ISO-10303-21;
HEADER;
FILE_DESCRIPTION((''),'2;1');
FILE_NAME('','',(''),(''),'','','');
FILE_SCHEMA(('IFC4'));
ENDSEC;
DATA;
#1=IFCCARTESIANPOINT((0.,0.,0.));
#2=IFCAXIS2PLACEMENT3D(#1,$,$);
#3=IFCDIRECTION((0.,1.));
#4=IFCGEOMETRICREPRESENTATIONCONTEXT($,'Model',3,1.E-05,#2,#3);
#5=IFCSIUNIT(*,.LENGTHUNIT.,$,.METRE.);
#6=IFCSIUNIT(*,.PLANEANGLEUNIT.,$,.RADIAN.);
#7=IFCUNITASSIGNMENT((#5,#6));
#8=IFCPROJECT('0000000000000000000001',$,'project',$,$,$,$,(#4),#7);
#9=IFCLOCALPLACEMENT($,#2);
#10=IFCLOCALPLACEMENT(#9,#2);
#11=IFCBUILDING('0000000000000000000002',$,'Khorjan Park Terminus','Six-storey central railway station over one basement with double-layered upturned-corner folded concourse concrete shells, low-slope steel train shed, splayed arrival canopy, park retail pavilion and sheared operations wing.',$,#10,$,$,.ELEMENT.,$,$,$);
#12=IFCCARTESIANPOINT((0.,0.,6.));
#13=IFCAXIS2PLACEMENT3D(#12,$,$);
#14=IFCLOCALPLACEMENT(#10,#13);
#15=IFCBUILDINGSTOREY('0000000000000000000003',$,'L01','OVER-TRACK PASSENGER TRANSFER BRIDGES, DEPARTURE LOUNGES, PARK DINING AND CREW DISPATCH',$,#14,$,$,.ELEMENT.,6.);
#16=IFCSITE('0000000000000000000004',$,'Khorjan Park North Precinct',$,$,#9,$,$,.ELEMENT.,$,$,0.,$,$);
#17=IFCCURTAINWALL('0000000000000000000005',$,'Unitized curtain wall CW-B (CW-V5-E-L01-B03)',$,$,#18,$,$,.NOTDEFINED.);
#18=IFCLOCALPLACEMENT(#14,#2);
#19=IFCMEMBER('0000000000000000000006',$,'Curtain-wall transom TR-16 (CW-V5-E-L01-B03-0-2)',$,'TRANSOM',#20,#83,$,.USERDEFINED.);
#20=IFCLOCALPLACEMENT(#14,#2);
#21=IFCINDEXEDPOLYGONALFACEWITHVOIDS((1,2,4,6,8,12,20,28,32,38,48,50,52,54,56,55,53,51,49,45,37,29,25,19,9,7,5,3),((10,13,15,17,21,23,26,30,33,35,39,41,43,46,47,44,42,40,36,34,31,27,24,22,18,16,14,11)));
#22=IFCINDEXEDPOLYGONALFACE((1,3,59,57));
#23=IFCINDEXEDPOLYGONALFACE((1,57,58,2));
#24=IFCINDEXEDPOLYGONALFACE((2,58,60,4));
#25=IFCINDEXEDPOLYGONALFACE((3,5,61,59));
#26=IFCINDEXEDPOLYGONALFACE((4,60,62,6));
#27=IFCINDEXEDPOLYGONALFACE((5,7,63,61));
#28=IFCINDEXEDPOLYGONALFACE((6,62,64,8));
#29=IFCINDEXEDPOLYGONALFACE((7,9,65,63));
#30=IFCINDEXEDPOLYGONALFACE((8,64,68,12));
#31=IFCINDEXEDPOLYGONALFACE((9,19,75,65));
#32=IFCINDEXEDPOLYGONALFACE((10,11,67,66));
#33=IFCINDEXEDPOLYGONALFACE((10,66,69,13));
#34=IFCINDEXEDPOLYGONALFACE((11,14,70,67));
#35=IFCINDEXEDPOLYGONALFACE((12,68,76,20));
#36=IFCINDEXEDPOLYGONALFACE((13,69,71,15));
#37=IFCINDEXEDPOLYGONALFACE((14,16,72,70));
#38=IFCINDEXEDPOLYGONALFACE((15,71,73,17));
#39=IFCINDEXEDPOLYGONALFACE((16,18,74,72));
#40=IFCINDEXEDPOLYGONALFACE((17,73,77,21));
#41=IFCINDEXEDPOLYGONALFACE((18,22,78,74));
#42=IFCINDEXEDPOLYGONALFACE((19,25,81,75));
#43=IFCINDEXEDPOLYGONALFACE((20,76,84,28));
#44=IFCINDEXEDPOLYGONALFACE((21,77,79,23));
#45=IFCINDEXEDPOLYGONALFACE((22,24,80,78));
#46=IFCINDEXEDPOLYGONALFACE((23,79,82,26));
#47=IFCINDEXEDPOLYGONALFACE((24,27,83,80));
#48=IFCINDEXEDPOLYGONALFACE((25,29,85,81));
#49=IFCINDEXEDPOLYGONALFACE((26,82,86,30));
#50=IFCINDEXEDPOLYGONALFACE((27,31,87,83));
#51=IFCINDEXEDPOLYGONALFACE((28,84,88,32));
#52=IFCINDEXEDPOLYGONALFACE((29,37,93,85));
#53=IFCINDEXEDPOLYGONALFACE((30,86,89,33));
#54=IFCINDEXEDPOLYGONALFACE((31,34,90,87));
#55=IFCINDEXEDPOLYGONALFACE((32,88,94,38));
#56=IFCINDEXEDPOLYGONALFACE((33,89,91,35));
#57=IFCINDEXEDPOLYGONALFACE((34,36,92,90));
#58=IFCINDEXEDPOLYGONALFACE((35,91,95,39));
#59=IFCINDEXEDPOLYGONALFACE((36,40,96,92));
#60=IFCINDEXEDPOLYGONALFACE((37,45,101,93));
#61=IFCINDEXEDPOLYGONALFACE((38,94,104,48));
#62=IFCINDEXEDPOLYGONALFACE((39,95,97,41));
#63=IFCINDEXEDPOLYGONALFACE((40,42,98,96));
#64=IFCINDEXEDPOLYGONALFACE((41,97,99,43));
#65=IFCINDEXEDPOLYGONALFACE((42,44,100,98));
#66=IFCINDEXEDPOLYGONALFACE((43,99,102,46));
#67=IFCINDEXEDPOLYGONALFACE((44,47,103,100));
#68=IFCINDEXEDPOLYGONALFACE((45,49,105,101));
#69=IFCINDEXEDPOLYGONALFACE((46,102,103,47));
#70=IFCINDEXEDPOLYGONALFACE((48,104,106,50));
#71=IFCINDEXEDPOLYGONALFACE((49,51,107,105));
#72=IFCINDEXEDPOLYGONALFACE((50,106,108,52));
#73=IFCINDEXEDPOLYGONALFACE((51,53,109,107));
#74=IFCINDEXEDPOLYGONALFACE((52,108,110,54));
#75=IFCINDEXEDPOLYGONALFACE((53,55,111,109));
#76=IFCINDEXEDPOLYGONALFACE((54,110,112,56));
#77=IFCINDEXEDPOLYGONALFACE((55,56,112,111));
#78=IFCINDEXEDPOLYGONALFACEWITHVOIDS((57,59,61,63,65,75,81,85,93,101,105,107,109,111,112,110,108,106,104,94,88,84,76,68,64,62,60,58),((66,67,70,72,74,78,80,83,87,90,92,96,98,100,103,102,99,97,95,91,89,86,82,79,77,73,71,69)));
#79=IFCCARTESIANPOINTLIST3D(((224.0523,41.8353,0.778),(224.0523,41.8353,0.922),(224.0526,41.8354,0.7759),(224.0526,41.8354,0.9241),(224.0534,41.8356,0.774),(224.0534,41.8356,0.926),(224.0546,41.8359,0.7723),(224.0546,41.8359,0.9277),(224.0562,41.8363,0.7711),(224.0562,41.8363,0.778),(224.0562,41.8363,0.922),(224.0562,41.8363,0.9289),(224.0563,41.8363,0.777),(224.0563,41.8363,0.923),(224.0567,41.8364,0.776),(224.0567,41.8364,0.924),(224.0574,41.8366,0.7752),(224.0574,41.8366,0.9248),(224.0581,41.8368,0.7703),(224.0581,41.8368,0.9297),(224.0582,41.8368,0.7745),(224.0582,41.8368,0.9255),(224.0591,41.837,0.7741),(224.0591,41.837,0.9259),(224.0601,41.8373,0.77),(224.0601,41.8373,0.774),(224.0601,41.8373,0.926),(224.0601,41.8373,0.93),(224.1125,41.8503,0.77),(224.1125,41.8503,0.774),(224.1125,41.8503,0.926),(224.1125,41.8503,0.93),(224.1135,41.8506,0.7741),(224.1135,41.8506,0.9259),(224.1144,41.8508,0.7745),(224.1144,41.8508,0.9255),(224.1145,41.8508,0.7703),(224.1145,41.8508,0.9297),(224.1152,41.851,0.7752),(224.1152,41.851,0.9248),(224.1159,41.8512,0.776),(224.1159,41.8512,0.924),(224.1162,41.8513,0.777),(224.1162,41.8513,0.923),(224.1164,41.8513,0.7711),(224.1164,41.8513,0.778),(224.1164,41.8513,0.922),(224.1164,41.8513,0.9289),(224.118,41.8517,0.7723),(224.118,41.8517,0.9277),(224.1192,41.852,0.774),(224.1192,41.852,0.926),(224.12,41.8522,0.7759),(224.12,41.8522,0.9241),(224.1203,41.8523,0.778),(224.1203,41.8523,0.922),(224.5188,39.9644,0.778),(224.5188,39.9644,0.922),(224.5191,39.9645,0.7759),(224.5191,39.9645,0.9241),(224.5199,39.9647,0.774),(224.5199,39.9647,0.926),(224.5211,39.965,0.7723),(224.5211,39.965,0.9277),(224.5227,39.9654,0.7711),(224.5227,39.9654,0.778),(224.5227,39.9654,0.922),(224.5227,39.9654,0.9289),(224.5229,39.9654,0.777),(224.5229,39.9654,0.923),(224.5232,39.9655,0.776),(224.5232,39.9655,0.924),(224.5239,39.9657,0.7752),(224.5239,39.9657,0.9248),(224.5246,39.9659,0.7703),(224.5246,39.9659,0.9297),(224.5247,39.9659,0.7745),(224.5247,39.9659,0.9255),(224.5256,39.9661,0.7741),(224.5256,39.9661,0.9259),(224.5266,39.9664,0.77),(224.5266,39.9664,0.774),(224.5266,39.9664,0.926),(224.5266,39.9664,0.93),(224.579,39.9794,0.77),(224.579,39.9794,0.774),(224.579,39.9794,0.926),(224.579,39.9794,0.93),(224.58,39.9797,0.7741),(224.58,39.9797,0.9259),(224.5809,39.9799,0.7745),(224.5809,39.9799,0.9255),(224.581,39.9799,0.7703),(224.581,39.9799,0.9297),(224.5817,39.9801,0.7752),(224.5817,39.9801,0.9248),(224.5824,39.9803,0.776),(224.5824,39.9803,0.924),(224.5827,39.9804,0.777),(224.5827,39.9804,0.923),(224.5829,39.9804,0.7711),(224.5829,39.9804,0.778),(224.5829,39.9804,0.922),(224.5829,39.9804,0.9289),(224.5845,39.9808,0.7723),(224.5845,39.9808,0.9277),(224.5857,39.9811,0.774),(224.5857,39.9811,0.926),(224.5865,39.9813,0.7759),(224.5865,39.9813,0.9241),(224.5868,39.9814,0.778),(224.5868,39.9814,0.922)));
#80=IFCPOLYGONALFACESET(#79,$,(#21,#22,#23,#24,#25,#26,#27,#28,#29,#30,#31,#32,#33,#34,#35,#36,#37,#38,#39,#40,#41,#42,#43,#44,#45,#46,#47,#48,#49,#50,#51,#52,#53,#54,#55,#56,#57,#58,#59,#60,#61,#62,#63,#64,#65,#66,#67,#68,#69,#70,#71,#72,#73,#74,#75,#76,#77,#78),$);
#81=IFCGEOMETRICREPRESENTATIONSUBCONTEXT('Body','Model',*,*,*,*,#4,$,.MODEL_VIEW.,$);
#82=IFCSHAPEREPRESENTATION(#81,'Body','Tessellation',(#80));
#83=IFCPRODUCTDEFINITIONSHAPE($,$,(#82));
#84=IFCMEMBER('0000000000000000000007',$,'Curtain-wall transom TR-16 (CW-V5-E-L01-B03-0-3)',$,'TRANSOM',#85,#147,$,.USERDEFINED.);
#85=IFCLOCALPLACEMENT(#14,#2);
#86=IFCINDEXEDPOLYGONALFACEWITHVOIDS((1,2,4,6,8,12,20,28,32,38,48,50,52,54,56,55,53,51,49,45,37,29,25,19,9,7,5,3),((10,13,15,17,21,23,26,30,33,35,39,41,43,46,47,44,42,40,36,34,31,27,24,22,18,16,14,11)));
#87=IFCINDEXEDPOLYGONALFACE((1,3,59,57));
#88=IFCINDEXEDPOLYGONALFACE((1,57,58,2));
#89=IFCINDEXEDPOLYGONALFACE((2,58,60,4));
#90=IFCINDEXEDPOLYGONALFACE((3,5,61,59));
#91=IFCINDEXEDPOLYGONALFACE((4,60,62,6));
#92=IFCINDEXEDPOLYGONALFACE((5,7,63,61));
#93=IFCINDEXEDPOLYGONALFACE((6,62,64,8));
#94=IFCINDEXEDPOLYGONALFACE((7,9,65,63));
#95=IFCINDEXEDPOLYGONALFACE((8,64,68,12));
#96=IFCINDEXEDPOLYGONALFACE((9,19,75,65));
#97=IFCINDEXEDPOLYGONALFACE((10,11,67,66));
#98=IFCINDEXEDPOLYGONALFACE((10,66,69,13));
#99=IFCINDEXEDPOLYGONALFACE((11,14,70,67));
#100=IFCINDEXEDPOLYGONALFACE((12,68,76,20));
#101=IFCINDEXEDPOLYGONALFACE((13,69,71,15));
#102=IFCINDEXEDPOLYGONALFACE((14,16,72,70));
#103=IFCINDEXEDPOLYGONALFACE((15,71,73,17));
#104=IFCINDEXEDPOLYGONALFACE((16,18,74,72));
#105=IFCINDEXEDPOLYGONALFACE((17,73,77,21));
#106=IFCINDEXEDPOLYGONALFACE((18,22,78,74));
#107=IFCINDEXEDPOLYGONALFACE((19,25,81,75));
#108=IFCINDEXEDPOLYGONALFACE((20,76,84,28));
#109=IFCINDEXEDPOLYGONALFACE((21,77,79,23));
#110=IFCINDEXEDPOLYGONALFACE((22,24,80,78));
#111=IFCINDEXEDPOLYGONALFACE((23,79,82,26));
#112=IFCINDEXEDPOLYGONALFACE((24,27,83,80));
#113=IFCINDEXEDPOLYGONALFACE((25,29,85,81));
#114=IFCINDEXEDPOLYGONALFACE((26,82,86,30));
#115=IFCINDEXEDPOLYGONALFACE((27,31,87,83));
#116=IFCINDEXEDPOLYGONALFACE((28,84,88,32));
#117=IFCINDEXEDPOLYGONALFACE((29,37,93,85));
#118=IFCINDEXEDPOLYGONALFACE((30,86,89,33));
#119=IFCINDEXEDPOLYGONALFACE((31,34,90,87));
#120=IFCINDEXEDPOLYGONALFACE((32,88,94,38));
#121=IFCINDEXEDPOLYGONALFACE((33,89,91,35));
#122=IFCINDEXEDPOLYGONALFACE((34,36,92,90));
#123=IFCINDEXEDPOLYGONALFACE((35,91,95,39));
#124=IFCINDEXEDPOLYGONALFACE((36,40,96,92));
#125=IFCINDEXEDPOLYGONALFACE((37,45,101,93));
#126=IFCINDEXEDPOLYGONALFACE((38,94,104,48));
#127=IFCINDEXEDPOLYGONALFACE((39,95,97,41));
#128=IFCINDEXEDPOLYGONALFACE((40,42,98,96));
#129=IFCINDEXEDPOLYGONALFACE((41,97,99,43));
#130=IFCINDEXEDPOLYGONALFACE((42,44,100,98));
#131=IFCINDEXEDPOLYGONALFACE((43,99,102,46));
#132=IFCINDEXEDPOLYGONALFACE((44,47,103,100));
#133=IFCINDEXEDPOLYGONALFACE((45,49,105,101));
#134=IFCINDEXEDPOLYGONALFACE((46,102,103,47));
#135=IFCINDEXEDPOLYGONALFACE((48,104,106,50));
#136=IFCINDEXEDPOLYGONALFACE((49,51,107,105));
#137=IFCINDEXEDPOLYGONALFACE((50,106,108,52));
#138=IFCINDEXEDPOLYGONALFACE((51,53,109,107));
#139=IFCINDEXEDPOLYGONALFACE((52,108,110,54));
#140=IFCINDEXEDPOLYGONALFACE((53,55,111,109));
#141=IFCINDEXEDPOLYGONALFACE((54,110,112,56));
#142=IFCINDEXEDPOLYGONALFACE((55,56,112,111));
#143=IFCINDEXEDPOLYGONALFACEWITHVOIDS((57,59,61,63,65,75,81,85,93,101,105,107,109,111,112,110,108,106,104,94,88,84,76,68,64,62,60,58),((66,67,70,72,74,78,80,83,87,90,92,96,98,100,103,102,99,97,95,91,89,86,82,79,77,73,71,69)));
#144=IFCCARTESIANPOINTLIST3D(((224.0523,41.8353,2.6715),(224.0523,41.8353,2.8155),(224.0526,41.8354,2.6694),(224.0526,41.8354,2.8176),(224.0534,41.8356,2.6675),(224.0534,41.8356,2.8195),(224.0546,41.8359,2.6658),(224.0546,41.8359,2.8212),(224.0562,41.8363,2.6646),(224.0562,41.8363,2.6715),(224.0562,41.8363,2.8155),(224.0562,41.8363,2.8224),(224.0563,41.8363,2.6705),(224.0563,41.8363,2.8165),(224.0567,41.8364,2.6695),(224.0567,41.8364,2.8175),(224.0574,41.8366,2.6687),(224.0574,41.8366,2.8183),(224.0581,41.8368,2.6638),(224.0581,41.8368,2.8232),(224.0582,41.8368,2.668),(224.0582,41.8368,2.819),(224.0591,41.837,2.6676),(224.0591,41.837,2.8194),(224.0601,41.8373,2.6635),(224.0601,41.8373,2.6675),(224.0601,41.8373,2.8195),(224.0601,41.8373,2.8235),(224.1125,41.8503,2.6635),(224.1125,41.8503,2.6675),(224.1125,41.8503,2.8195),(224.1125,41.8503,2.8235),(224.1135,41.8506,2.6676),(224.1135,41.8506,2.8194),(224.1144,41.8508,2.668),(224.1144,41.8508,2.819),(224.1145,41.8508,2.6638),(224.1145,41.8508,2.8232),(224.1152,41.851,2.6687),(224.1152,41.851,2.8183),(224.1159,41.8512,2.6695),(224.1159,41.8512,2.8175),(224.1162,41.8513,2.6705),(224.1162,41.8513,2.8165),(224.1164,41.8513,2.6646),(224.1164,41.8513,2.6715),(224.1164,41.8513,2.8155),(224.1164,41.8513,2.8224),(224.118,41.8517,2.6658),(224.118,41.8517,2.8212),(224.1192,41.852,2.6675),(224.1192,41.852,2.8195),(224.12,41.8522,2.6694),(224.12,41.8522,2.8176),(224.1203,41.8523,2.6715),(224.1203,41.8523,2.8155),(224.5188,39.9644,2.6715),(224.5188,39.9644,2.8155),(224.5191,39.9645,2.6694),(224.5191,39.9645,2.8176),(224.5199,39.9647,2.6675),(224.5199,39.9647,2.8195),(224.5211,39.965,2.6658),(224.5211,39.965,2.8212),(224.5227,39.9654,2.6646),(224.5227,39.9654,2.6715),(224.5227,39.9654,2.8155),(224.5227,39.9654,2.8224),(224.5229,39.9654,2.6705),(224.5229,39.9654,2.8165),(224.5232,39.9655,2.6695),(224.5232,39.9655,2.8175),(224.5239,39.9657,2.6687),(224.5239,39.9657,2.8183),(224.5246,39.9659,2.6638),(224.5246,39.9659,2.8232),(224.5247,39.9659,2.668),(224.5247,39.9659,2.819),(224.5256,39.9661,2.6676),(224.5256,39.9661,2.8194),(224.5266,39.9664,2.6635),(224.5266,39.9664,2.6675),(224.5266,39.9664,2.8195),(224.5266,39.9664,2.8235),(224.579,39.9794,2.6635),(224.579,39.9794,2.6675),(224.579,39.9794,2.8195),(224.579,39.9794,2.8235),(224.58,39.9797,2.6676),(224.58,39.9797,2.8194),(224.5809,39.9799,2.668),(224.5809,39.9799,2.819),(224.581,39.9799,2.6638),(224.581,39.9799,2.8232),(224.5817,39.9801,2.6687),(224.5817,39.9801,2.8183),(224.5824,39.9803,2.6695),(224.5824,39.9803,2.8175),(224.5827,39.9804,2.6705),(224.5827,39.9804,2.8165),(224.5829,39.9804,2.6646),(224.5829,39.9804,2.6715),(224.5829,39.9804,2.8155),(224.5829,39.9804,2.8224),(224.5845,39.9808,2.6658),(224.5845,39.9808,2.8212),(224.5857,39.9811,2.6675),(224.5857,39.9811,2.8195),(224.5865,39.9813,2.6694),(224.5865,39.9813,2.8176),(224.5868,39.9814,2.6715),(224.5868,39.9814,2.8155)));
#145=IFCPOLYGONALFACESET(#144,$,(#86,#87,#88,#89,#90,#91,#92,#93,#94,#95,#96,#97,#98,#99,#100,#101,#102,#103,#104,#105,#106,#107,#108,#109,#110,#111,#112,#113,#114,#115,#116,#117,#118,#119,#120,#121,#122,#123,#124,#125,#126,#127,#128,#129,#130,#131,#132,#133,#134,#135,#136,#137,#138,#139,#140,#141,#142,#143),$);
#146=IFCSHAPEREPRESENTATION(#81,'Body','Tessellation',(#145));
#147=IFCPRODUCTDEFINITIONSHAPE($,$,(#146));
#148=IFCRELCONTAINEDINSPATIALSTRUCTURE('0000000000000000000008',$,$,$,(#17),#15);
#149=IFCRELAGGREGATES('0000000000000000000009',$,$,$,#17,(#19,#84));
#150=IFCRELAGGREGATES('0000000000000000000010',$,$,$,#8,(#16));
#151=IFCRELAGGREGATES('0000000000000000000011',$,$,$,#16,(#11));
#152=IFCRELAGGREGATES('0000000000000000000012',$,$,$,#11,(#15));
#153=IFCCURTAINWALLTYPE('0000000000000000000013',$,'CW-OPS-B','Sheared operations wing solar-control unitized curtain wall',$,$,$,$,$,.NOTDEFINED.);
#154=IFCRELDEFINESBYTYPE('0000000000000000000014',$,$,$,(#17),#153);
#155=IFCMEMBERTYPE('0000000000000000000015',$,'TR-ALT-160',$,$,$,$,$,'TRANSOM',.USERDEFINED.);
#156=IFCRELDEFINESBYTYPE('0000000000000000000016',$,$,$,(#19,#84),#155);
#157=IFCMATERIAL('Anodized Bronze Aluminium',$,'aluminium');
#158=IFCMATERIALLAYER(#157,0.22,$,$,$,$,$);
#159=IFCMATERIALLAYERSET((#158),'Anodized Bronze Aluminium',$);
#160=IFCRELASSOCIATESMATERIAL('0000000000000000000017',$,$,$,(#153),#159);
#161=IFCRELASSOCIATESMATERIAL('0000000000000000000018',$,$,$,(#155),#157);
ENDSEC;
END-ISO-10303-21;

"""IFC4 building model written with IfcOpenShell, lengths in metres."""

from ifc_helpers import new_model, si_unit, direction, frame, origin, origin_2d, place, context, subcontext, project, spatial, hollow_rectangle, extrude, material, layer, layer_set, material_profile, profile_set, type_object, element, aggregate, save


model = new_model("IFC4")

# Units and contexts
model_context = context("Model", 3, precision=1e-05, world=origin(), true_north=direction((0.0, 1.0)))
body_context = subcontext(model_context, "Body", "Model", "MODEL_VIEW")
ifc_project = project(units=[si_unit("LENGTHUNIT", "METRE"), si_unit("PLANEANGLEUNIT", "RADIAN")], contexts=[model_context])

# Site, building, storey
site_placement = place(None, origin())
site = spatial("IfcSite", under=ifc_project, at=site_placement, Name="Khorjan Park North Precinct", CompositionType="ELEMENT", RefElevation=0.0)
building_placement = place(site_placement, origin())
building = spatial("IfcBuilding", under=site, at=building_placement, Name="Khorjan Park Terminus", Description="Six-storey central railway station over one basement with double-layered upturned-corner folded concourse concrete shells, low-slope steel train shed, splayed arrival canopy, park retail pavilion and sheared operations wing.", CompositionType="ELEMENT")
storey_placement = place(building_placement, frame((0.0, 0.0, 6.0)))
storey = spatial("IfcBuildingStorey", under=building, at=storey_placement, Name="L01", Description="OVER-TRACK PASSENGER TRANSFER BRIDGES, DEPARTURE LOUNGES, PARK DINING AND CREW DISPATCH", CompositionType="ELEMENT", Elevation=6.0)

# Curtain wall, members
ifc_material_1 = material(Name="Anodized Bronze Aluminium", Category="aluminium")
ifc_layer_1 = layer(ifc_material_1, 0.22)
ifc_layer_set_1 = layer_set([ifc_layer_1], Name="Anodized Bronze Aluminium")
curtain_wall_type = type_object("IfcCurtainWallType", Name="CW-OPS-B", Description="Sheared operations wing solar-control unitized curtain wall", PredefinedType="NOTDEFINED", material=ifc_layer_set_1)
curtain_wall_placement = place(storey_placement, origin())
curtain_wall = element("IfcCurtainWall", 1, at=curtain_wall_placement, inside=storey, type_object=curtain_wall_type, Name="Unitized curtain wall CW-B (CW-V5-E-L01-B03)", PredefinedType="NOTDEFINED")
ifc_material_profile_1 = material_profile(ifc_material_1, hollow_rectangle(XDim=0.07, YDim=0.16, WallThickness=0.004, InnerFilletRadius=0.004, OuterFilletRadius=0.008, at=origin_2d()), Name="ALT 70x160x4")
ifc_profile_set_1 = profile_set([ifc_material_profile_1], Name="Anodized Bronze Aluminium")
member_type_1 = type_object("IfcMemberType", Name="TR-ALT-160", ElementType="TRANSOM", PredefinedType="USERDEFINED", material=ifc_profile_set_1)
member_1_placement = place(storey_placement, frame((224.5528, 39.9729, 0.85), z_axis=(-0.241938, 0.970292, 0.0), x_axis=(-0.970292, -0.241938, 0.0)))
member_1 = element("IfcMember", 2, at=member_1_placement, type_object=member_type_1, Name="Curtain-wall transom TR-16 (CW-V5-E-L01-B03-0-2)", ObjectType="TRANSOM", PredefinedType="USERDEFINED", context=body_context, shape_type="SweptSolid", body=[
    extrude(hollow_rectangle(XDim=0.07, YDim=0.16, WallThickness=0.004, InnerFilletRadius=0.004, OuterFilletRadius=0.008, at=origin_2d()), origin(), (0.0, 0.0, 1.0), 1.9282),
])
member_2_placement = place(storey_placement, frame((224.5528, 39.9729, 2.7435), z_axis=(-0.241938, 0.970292, 0.0), x_axis=(-0.970292, -0.241938, 0.0)))
member_2 = element("IfcMember", 3, at=member_2_placement, type_object=member_type_1, Name="Curtain-wall transom TR-16 (CW-V5-E-L01-B03-0-3)", ObjectType="TRANSOM", PredefinedType="USERDEFINED", context=body_context, shape_type="SweptSolid", body=[
    extrude(hollow_rectangle(XDim=0.07, YDim=0.16, WallThickness=0.004, InnerFilletRadius=0.004, OuterFilletRadius=0.008, at=origin_2d()), origin(), (0.0, 0.0, 1.0), 1.9282),
])
aggregate(curtain_wall, [member_1, member_2])

save(model, "model.ifc")
